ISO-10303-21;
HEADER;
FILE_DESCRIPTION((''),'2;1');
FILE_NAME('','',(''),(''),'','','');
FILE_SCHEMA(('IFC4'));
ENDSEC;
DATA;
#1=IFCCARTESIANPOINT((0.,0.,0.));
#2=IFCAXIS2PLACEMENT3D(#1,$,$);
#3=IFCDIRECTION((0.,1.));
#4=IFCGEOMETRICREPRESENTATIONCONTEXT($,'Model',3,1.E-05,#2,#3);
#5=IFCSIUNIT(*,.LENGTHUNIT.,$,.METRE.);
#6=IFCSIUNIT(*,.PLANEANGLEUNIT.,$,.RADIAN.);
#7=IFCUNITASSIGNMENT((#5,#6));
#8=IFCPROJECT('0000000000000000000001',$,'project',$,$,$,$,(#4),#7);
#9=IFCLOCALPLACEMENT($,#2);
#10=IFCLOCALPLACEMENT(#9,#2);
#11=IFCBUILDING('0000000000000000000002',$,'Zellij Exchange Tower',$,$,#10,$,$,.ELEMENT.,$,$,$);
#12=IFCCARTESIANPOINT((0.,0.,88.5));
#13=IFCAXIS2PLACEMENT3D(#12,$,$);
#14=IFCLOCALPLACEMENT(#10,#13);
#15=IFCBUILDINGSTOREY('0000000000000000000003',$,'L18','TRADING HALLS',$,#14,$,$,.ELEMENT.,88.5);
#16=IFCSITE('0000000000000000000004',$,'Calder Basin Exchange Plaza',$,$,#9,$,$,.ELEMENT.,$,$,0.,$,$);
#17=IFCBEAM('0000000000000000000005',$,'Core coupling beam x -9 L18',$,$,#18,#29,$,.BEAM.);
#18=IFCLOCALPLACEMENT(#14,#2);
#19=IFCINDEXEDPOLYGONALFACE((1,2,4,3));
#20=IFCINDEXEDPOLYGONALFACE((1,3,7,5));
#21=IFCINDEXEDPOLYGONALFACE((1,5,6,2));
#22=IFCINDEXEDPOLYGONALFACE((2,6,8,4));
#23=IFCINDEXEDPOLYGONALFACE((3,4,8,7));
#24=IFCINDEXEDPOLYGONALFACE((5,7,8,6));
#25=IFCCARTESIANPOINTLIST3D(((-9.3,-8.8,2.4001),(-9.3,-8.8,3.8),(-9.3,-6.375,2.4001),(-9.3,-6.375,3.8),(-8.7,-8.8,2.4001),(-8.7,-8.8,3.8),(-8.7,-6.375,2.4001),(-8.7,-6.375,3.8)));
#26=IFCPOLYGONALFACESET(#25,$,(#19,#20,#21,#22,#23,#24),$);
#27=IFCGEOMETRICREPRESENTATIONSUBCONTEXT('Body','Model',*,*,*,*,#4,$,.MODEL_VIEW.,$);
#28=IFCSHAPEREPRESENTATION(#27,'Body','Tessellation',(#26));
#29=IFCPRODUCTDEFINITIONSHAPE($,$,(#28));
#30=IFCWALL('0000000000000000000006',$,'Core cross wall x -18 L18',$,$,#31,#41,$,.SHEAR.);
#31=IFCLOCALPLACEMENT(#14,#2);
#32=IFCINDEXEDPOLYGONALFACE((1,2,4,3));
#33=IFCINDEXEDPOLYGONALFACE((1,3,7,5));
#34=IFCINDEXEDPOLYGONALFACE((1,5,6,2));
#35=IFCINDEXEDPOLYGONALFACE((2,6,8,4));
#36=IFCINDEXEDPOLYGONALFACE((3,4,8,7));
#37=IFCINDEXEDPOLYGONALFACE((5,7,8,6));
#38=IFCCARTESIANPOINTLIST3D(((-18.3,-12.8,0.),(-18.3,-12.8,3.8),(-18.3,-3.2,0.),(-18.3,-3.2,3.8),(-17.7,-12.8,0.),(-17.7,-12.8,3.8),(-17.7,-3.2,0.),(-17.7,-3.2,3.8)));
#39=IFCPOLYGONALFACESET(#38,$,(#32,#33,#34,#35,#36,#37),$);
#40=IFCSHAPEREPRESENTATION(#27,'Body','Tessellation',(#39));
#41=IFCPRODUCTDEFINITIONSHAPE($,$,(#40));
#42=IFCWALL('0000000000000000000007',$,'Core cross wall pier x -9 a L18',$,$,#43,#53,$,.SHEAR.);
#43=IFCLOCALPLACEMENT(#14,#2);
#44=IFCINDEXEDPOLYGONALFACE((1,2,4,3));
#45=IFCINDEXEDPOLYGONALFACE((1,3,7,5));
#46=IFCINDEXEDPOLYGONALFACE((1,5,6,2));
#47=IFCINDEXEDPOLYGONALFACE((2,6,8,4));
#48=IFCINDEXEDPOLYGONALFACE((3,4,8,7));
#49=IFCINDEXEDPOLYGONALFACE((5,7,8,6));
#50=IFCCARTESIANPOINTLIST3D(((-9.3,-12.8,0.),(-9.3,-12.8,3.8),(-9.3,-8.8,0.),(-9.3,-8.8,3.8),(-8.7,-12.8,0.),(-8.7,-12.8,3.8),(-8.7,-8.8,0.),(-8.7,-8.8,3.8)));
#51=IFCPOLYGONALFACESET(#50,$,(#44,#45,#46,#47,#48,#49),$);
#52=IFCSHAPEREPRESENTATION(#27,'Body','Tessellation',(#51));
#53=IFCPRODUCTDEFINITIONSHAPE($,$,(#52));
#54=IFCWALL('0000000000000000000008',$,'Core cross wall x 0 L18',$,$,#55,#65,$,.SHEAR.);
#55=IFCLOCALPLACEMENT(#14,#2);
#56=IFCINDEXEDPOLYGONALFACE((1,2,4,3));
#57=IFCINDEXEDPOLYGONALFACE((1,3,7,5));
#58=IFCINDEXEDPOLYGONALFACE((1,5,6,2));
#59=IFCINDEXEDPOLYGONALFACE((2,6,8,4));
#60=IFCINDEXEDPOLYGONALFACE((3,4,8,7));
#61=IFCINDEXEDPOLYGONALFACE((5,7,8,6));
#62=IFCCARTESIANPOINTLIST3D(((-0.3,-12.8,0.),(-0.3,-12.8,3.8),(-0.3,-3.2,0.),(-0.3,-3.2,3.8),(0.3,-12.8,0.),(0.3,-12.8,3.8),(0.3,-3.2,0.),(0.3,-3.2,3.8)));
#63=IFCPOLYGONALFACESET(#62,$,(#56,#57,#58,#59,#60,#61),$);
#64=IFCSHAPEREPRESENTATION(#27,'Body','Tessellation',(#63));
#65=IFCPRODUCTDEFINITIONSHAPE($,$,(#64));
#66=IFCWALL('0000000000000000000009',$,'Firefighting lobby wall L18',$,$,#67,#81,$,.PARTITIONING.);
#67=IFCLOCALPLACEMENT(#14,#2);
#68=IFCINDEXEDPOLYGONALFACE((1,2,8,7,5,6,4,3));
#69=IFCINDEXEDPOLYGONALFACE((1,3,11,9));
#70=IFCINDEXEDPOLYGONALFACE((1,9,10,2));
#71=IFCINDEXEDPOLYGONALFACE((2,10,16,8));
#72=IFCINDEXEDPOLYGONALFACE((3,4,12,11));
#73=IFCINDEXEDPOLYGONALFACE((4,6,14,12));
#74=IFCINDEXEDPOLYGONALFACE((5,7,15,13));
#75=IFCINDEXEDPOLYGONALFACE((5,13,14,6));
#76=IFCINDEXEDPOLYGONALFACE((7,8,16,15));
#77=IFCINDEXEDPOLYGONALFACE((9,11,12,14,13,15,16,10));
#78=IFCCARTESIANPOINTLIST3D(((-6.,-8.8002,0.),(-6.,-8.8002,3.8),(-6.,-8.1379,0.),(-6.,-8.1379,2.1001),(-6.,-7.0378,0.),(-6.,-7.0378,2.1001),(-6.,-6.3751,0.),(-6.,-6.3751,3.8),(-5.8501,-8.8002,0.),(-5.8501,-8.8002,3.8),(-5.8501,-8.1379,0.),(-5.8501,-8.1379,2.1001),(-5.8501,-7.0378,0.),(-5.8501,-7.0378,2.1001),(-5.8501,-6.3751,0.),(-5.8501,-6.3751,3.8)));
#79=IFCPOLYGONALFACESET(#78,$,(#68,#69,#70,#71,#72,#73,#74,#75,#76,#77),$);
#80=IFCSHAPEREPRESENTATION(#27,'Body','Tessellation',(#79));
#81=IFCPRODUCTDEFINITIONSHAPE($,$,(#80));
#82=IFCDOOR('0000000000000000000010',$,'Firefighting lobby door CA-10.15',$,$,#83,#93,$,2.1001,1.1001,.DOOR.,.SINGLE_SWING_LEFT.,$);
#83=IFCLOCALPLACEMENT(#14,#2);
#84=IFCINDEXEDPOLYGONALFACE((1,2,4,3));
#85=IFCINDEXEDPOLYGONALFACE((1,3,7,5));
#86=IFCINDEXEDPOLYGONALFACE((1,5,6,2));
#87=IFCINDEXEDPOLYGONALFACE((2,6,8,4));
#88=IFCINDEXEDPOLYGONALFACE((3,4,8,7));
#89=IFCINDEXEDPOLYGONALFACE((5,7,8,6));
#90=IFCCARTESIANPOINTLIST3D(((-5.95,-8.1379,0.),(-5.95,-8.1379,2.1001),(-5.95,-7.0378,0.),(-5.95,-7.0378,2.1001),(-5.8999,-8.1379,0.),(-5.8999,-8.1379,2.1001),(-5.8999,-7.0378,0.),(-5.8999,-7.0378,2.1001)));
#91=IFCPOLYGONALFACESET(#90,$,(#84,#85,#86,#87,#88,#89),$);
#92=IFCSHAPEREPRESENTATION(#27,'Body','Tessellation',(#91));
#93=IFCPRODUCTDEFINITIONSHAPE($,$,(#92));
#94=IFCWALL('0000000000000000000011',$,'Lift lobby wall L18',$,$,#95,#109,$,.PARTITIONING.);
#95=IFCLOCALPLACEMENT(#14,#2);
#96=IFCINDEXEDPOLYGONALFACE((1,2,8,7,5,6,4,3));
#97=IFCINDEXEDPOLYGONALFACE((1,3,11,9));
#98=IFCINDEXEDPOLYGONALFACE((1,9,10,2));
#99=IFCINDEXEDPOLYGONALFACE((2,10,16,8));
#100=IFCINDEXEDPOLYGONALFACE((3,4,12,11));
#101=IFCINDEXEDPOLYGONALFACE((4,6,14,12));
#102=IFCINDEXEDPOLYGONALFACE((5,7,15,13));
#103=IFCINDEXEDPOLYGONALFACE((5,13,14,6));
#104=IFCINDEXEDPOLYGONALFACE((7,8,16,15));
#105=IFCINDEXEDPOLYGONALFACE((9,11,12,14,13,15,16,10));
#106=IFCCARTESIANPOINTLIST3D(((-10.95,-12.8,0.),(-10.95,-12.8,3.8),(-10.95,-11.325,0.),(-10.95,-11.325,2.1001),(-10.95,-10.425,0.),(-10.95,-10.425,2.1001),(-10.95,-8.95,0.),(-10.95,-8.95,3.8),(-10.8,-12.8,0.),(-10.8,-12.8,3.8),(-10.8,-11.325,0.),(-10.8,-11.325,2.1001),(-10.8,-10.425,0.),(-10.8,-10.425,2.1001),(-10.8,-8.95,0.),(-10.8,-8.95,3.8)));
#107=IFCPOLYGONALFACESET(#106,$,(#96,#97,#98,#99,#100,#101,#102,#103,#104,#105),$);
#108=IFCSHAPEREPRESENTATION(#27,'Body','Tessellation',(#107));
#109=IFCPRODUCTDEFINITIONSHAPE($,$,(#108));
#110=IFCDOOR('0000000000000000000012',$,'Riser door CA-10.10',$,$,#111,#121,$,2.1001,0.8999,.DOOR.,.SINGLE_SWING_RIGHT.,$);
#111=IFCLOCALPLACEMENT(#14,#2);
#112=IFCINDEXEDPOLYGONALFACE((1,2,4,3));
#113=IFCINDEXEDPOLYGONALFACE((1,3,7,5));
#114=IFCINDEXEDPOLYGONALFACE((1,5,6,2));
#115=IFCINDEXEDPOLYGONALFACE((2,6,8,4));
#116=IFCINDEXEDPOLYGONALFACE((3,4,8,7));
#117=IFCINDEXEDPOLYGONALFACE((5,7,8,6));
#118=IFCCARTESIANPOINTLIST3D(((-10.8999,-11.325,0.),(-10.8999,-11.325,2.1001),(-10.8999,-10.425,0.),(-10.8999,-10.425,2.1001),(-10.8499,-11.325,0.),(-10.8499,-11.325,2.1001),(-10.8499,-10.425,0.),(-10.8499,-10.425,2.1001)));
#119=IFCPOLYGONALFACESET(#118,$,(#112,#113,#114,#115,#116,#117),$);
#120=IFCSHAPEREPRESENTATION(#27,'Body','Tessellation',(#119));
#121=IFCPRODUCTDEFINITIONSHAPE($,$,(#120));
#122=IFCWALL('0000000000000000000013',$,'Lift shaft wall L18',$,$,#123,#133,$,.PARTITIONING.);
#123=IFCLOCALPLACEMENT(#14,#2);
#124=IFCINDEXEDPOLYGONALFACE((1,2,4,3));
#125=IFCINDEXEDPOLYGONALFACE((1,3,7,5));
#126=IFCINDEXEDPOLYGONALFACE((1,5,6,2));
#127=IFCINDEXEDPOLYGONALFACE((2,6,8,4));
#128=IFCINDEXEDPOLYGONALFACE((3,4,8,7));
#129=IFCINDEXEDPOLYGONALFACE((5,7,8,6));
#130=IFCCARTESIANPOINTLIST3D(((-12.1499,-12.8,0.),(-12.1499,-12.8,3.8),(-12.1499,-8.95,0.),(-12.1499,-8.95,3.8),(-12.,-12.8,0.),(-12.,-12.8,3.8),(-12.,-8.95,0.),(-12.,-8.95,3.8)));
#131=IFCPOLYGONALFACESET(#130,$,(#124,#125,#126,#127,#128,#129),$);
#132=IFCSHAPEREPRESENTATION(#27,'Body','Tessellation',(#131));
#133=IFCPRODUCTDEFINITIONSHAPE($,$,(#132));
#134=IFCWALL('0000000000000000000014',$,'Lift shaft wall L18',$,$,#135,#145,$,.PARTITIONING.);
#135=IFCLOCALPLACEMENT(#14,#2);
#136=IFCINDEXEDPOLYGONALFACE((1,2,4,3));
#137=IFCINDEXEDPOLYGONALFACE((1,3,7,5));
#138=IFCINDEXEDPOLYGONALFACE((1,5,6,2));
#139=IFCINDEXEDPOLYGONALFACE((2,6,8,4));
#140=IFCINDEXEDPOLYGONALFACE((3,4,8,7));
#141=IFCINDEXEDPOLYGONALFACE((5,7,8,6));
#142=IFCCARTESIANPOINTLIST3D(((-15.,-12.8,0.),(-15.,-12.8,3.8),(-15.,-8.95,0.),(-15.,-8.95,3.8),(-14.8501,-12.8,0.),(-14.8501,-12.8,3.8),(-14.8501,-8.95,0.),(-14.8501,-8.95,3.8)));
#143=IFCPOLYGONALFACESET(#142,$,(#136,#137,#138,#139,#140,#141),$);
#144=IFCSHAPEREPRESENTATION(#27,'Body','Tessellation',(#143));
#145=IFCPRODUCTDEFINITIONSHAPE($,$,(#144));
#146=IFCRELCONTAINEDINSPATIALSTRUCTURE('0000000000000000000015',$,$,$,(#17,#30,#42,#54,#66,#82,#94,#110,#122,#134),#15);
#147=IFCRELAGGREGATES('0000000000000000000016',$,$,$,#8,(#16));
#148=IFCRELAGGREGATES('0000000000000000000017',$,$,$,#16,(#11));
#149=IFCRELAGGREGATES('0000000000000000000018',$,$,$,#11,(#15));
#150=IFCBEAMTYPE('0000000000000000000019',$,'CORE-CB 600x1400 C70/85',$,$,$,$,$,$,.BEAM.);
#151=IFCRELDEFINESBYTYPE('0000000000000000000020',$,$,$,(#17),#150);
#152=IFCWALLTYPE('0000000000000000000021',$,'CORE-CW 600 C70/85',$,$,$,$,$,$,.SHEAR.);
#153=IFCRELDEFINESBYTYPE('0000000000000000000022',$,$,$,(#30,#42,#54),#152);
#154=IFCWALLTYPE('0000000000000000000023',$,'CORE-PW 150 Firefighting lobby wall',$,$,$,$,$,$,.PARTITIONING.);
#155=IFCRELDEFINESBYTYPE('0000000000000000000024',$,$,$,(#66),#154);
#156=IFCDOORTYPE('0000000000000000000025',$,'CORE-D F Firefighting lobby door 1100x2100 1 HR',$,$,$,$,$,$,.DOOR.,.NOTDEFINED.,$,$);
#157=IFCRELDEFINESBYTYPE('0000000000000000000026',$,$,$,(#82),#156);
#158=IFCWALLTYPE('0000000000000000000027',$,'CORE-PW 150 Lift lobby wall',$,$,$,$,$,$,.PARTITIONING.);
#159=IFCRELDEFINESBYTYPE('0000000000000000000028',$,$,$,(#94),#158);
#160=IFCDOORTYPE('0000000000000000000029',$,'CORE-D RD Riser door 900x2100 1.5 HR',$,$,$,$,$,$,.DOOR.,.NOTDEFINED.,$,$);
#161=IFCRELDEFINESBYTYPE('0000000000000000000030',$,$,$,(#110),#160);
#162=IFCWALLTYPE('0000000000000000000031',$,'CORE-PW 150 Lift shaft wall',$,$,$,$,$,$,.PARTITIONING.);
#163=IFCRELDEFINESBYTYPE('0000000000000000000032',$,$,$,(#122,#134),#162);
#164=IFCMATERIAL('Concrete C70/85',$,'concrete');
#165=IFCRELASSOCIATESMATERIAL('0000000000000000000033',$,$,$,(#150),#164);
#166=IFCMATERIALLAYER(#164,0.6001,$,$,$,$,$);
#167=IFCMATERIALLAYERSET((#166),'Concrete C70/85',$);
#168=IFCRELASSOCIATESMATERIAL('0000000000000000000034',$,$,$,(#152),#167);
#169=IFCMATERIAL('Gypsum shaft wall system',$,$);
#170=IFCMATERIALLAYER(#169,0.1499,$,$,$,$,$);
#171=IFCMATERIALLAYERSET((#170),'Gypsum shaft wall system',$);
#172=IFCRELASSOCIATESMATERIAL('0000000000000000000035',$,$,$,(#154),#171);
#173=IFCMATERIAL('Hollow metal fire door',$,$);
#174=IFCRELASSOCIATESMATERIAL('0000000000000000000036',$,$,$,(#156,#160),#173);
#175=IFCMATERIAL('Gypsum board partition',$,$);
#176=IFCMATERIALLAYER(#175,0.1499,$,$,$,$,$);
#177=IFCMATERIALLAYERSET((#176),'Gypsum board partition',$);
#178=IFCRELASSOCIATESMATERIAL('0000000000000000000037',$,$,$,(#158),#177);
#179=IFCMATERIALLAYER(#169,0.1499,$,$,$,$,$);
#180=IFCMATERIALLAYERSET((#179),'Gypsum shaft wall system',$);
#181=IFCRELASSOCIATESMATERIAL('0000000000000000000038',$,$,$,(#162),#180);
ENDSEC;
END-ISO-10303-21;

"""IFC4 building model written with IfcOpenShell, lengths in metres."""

from ifc_helpers import new_model, si_unit, direction, frame, frame_2d, origin, origin_2d, place, context, subcontext, project, spatial, rectangle, extrude, material, layer, layer_set, material_profile, profile_set, type_object, element, fill, save


model = new_model("IFC4")

# Units and contexts
model_context = context("Model", 3, precision=1e-05, world=origin(), true_north=direction((0.0, 1.0)))
body_context = subcontext(model_context, "Body", "Model", "MODEL_VIEW")
ifc_project = project(units=[si_unit("LENGTHUNIT", "METRE"), si_unit("PLANEANGLEUNIT", "RADIAN")], contexts=[model_context])

# Site, building, storey
site_placement = place(None, origin())
site = spatial("IfcSite", under=ifc_project, at=site_placement, Name="Calder Basin Exchange Plaza", CompositionType="ELEMENT", RefElevation=0.0)
building_placement = place(site_placement, origin())
building = spatial("IfcBuilding", under=site, at=building_placement, Name="Zellij Exchange Tower", CompositionType="ELEMENT")
storey_placement = place(building_placement, frame((0.0, 0.0, 88.5)))
storey = spatial("IfcBuildingStorey", under=building, at=storey_placement, Name="L18", Description="TRADING HALLS", CompositionType="ELEMENT", Elevation=88.5)

# Beam
ifc_material_1 = material(Name="Concrete C70/85", Category="concrete")
ifc_material_profile = material_profile(ifc_material_1, rectangle(XDim=0.6001, YDim=1.3999, at=origin_2d()), Name="CORE-CB 600x1400 C70/85")
ifc_profile_set = profile_set([ifc_material_profile], Name="Concrete C70/85")
beam_type = type_object("IfcBeamType", Name="CORE-CB 600x1400 C70/85", PredefinedType="BEAM", material=ifc_profile_set)
beam_placement = place(storey_placement, frame((-9.0, -8.8, 3.1001), z_axis=(0.0, 1.0, 0.0), x_axis=(-1.0, 0.0, 0.0)))
element("IfcBeam", 1, at=beam_placement, inside=storey, type_object=beam_type, Name="Core coupling beam x -9 L18", PredefinedType="BEAM", context=body_context, shape_type="SweptSolid", body=[
    extrude(rectangle(XDim=0.6001, YDim=1.3999, at=origin_2d()), origin(), (0.0, 0.0, 1.0), 2.425),
])

# Walls
ifc_layer_1 = layer(ifc_material_1, 0.6001)
ifc_layer_set_1 = layer_set([ifc_layer_1], Name="Concrete C70/85")
wall_type_1 = type_object("IfcWallType", Name="CORE-CW 600 C70/85", PredefinedType="SHEAR", material=ifc_layer_set_1)
wall_1_placement = place(storey_placement, frame((-18.0, -12.8, 0.0), z_axis=(0.0, 0.0, 1.0), x_axis=(0.0, 1.0, 0.0)))
element("IfcWall", 2, at=wall_1_placement, inside=storey, type_object=wall_type_1, Name="Core cross wall x -18 L18", PredefinedType="SHEAR", context=body_context, shape_type="SweptSolid", body=[
    extrude(rectangle(XDim=9.6001, YDim=0.6001, at=frame_2d((4.8, 0.0))), origin(), (0.0, 0.0, 1.0), 3.8),
])
wall_2_placement = place(storey_placement, frame((-9.0, -12.8, 0.0), z_axis=(0.0, 0.0, 1.0), x_axis=(0.0, 1.0, 0.0)))
element("IfcWall", 3, at=wall_2_placement, inside=storey, type_object=wall_type_1, Name="Core cross wall pier x -9 a L18", PredefinedType="SHEAR", context=body_context, shape_type="SweptSolid", body=[
    extrude(rectangle(XDim=4.0, YDim=0.6001, at=frame_2d((2.0, 0.0))), origin(), (0.0, 0.0, 1.0), 3.8),
])
wall_3_placement = place(storey_placement, frame((0.0, -12.8, 0.0), z_axis=(0.0, 0.0, 1.0), x_axis=(0.0, 1.0, 0.0)))
element("IfcWall", 4, at=wall_3_placement, inside=storey, type_object=wall_type_1, Name="Core cross wall x 0 L18", PredefinedType="SHEAR", context=body_context, shape_type="SweptSolid", body=[
    extrude(rectangle(XDim=9.6001, YDim=0.6001, at=frame_2d((4.8, 0.0))), origin(), (0.0, 0.0, 1.0), 3.8),
])

# Walls, openings, doors
ifc_material_2 = material(Name="Gypsum shaft wall system")
ifc_layer_2 = layer(ifc_material_2, 0.1499)
ifc_layer_set_2 = layer_set([ifc_layer_2], Name="Gypsum shaft wall system")
wall_type_2 = type_object("IfcWallType", Name="CORE-PW 150 Firefighting lobby wall", PredefinedType="PARTITIONING", material=ifc_layer_set_2)
wall_4_placement = place(storey_placement, frame((-5.925, -8.8, 0.0), z_axis=(0.0, 0.0, 1.0), x_axis=(0.0, 1.0, 0.0)))
wall_4 = element("IfcWall", 5, at=wall_4_placement, inside=storey, type_object=wall_type_2, Name="Firefighting lobby wall L18", PredefinedType="PARTITIONING", context=body_context, shape_type="SweptSolid", body=[
    extrude(rectangle(XDim=2.425, YDim=0.1499, at=frame_2d((1.2124, 0.0))), origin(), (0.0, 0.0, 1.0), 3.8),
])
opening_1_placement = place(wall_4_placement, frame((0.6621, 0.0, 0.0)))
opening_1 = element("IfcOpeningElement", 6, at=opening_1_placement, cuts=wall_4, PredefinedType="OPENING", context=body_context, shape_type="SweptSolid", body=[
    extrude(rectangle(XDim=1.1001, YDim=2.1001, at=frame_2d((0.55, 1.05))), frame((0.0, 0.0869, 0.0), z_axis=(0.0, -1.0, 0.0), x_axis=(1.0, 0.0, 0.0)), (0.0, 0.0, 1.0), 0.1738),
])
ifc_material_3 = material(Name="Hollow metal fire door")
door_type_1 = type_object("IfcDoorType", Name="CORE-D F Firefighting lobby door 1100x2100 1 HR", OperationType="NOTDEFINED", PredefinedType="DOOR", material=ifc_material_3)
door_1_placement = place(opening_1_placement, origin())
door_1 = element("IfcDoor", 7, at=door_1_placement, inside=storey, type_object=door_type_1, Name="Firefighting lobby door CA-10.15", OperationType="SINGLE_SWING_LEFT", OverallHeight=2.1001, OverallWidth=1.1001, PredefinedType="DOOR", context=body_context, shape_type="SweptSolid", body=[
    extrude(rectangle(XDim=1.1001, YDim=2.1001, at=frame_2d((0.55, 1.05))), frame((0.0, 0.0249, 0.0), z_axis=(0.0, -1.0, 0.0), x_axis=(1.0, 0.0, 0.0)), (0.0, 0.0, 1.0), 0.05),
])
fill(opening_1, door_1)
ifc_material_4 = material(Name="Gypsum board partition")
ifc_layer_3 = layer(ifc_material_4, 0.1499)
ifc_layer_set_3 = layer_set([ifc_layer_3], Name="Gypsum board partition")
wall_type_3 = type_object("IfcWallType", Name="CORE-PW 150 Lift lobby wall", PredefinedType="PARTITIONING", material=ifc_layer_set_3)
wall_5_placement = place(storey_placement, frame((-10.875, -12.8, 0.0), z_axis=(0.0, 0.0, 1.0), x_axis=(0.0, 1.0, 0.0)))
wall_5 = element("IfcWall", 8, at=wall_5_placement, inside=storey, type_object=wall_type_3, Name="Lift lobby wall L18", PredefinedType="PARTITIONING", context=body_context, shape_type="SweptSolid", body=[
    extrude(rectangle(XDim=3.8501, YDim=0.1499, at=frame_2d((1.925, 0.0))), origin(), (0.0, 0.0, 1.0), 3.8),
])
opening_2_placement = place(wall_5_placement, frame((1.4751, 0.0, 0.0)))
opening_2 = element("IfcOpeningElement", 9, at=opening_2_placement, cuts=wall_5, PredefinedType="OPENING", context=body_context, shape_type="SweptSolid", body=[
    extrude(rectangle(XDim=0.8999, YDim=2.1001, at=frame_2d((0.45, 1.05))), frame((0.0, 0.0869, 0.0), z_axis=(0.0, -1.0, 0.0), x_axis=(1.0, 0.0, 0.0)), (0.0, 0.0, 1.0), 0.1738),
])
door_type_2 = type_object("IfcDoorType", Name="CORE-D RD Riser door 900x2100 1.5 HR", OperationType="NOTDEFINED", PredefinedType="DOOR", material=ifc_material_3)
door_2_placement = place(opening_2_placement, origin())
door_2 = element("IfcDoor", 10, at=door_2_placement, inside=storey, type_object=door_type_2, Name="Riser door CA-10.10", OperationType="SINGLE_SWING_RIGHT", OverallHeight=2.1001, OverallWidth=0.8999, PredefinedType="DOOR", context=body_context, shape_type="SweptSolid", body=[
    extrude(rectangle(XDim=0.8999, YDim=2.1001, at=frame_2d((0.45, 1.05))), frame((0.0, 0.0249, 0.0), z_axis=(0.0, -1.0, 0.0), x_axis=(1.0, 0.0, 0.0)), (0.0, 0.0, 1.0), 0.05),
])
fill(opening_2, door_2)

# Walls
ifc_layer_4 = layer(ifc_material_2, 0.1499)
ifc_layer_set_4 = layer_set([ifc_layer_4], Name="Gypsum shaft wall system")
wall_type_4 = type_object("IfcWallType", Name="CORE-PW 150 Lift shaft wall", PredefinedType="PARTITIONING", material=ifc_layer_set_4)
for number, where, z_axis, x_axis, name in (
    (11, (-12.075, -12.8, 0.0), (0.0, 0.0, 1.0), (0.0, 1.0, 0.0), "Lift shaft wall L18"),
    (12, (-14.925, -12.8, 0.0), (0.0, 0.0, 1.0), (0.0, 1.0, 0.0), "Lift shaft wall L18"),
):
    element("IfcWall", number, at=place(storey_placement, frame(where, z_axis=z_axis, x_axis=x_axis)), inside=storey, type_object=wall_type_4, Name=name, PredefinedType="PARTITIONING", context=body_context, shape_type="SweptSolid", body=[
        extrude(rectangle(XDim=3.8501, YDim=0.1499, at=frame_2d((1.925, 0.0))), origin(), (0.0, 0.0, 1.0), 3.8),
    ])

save(model, "model.ifc")
